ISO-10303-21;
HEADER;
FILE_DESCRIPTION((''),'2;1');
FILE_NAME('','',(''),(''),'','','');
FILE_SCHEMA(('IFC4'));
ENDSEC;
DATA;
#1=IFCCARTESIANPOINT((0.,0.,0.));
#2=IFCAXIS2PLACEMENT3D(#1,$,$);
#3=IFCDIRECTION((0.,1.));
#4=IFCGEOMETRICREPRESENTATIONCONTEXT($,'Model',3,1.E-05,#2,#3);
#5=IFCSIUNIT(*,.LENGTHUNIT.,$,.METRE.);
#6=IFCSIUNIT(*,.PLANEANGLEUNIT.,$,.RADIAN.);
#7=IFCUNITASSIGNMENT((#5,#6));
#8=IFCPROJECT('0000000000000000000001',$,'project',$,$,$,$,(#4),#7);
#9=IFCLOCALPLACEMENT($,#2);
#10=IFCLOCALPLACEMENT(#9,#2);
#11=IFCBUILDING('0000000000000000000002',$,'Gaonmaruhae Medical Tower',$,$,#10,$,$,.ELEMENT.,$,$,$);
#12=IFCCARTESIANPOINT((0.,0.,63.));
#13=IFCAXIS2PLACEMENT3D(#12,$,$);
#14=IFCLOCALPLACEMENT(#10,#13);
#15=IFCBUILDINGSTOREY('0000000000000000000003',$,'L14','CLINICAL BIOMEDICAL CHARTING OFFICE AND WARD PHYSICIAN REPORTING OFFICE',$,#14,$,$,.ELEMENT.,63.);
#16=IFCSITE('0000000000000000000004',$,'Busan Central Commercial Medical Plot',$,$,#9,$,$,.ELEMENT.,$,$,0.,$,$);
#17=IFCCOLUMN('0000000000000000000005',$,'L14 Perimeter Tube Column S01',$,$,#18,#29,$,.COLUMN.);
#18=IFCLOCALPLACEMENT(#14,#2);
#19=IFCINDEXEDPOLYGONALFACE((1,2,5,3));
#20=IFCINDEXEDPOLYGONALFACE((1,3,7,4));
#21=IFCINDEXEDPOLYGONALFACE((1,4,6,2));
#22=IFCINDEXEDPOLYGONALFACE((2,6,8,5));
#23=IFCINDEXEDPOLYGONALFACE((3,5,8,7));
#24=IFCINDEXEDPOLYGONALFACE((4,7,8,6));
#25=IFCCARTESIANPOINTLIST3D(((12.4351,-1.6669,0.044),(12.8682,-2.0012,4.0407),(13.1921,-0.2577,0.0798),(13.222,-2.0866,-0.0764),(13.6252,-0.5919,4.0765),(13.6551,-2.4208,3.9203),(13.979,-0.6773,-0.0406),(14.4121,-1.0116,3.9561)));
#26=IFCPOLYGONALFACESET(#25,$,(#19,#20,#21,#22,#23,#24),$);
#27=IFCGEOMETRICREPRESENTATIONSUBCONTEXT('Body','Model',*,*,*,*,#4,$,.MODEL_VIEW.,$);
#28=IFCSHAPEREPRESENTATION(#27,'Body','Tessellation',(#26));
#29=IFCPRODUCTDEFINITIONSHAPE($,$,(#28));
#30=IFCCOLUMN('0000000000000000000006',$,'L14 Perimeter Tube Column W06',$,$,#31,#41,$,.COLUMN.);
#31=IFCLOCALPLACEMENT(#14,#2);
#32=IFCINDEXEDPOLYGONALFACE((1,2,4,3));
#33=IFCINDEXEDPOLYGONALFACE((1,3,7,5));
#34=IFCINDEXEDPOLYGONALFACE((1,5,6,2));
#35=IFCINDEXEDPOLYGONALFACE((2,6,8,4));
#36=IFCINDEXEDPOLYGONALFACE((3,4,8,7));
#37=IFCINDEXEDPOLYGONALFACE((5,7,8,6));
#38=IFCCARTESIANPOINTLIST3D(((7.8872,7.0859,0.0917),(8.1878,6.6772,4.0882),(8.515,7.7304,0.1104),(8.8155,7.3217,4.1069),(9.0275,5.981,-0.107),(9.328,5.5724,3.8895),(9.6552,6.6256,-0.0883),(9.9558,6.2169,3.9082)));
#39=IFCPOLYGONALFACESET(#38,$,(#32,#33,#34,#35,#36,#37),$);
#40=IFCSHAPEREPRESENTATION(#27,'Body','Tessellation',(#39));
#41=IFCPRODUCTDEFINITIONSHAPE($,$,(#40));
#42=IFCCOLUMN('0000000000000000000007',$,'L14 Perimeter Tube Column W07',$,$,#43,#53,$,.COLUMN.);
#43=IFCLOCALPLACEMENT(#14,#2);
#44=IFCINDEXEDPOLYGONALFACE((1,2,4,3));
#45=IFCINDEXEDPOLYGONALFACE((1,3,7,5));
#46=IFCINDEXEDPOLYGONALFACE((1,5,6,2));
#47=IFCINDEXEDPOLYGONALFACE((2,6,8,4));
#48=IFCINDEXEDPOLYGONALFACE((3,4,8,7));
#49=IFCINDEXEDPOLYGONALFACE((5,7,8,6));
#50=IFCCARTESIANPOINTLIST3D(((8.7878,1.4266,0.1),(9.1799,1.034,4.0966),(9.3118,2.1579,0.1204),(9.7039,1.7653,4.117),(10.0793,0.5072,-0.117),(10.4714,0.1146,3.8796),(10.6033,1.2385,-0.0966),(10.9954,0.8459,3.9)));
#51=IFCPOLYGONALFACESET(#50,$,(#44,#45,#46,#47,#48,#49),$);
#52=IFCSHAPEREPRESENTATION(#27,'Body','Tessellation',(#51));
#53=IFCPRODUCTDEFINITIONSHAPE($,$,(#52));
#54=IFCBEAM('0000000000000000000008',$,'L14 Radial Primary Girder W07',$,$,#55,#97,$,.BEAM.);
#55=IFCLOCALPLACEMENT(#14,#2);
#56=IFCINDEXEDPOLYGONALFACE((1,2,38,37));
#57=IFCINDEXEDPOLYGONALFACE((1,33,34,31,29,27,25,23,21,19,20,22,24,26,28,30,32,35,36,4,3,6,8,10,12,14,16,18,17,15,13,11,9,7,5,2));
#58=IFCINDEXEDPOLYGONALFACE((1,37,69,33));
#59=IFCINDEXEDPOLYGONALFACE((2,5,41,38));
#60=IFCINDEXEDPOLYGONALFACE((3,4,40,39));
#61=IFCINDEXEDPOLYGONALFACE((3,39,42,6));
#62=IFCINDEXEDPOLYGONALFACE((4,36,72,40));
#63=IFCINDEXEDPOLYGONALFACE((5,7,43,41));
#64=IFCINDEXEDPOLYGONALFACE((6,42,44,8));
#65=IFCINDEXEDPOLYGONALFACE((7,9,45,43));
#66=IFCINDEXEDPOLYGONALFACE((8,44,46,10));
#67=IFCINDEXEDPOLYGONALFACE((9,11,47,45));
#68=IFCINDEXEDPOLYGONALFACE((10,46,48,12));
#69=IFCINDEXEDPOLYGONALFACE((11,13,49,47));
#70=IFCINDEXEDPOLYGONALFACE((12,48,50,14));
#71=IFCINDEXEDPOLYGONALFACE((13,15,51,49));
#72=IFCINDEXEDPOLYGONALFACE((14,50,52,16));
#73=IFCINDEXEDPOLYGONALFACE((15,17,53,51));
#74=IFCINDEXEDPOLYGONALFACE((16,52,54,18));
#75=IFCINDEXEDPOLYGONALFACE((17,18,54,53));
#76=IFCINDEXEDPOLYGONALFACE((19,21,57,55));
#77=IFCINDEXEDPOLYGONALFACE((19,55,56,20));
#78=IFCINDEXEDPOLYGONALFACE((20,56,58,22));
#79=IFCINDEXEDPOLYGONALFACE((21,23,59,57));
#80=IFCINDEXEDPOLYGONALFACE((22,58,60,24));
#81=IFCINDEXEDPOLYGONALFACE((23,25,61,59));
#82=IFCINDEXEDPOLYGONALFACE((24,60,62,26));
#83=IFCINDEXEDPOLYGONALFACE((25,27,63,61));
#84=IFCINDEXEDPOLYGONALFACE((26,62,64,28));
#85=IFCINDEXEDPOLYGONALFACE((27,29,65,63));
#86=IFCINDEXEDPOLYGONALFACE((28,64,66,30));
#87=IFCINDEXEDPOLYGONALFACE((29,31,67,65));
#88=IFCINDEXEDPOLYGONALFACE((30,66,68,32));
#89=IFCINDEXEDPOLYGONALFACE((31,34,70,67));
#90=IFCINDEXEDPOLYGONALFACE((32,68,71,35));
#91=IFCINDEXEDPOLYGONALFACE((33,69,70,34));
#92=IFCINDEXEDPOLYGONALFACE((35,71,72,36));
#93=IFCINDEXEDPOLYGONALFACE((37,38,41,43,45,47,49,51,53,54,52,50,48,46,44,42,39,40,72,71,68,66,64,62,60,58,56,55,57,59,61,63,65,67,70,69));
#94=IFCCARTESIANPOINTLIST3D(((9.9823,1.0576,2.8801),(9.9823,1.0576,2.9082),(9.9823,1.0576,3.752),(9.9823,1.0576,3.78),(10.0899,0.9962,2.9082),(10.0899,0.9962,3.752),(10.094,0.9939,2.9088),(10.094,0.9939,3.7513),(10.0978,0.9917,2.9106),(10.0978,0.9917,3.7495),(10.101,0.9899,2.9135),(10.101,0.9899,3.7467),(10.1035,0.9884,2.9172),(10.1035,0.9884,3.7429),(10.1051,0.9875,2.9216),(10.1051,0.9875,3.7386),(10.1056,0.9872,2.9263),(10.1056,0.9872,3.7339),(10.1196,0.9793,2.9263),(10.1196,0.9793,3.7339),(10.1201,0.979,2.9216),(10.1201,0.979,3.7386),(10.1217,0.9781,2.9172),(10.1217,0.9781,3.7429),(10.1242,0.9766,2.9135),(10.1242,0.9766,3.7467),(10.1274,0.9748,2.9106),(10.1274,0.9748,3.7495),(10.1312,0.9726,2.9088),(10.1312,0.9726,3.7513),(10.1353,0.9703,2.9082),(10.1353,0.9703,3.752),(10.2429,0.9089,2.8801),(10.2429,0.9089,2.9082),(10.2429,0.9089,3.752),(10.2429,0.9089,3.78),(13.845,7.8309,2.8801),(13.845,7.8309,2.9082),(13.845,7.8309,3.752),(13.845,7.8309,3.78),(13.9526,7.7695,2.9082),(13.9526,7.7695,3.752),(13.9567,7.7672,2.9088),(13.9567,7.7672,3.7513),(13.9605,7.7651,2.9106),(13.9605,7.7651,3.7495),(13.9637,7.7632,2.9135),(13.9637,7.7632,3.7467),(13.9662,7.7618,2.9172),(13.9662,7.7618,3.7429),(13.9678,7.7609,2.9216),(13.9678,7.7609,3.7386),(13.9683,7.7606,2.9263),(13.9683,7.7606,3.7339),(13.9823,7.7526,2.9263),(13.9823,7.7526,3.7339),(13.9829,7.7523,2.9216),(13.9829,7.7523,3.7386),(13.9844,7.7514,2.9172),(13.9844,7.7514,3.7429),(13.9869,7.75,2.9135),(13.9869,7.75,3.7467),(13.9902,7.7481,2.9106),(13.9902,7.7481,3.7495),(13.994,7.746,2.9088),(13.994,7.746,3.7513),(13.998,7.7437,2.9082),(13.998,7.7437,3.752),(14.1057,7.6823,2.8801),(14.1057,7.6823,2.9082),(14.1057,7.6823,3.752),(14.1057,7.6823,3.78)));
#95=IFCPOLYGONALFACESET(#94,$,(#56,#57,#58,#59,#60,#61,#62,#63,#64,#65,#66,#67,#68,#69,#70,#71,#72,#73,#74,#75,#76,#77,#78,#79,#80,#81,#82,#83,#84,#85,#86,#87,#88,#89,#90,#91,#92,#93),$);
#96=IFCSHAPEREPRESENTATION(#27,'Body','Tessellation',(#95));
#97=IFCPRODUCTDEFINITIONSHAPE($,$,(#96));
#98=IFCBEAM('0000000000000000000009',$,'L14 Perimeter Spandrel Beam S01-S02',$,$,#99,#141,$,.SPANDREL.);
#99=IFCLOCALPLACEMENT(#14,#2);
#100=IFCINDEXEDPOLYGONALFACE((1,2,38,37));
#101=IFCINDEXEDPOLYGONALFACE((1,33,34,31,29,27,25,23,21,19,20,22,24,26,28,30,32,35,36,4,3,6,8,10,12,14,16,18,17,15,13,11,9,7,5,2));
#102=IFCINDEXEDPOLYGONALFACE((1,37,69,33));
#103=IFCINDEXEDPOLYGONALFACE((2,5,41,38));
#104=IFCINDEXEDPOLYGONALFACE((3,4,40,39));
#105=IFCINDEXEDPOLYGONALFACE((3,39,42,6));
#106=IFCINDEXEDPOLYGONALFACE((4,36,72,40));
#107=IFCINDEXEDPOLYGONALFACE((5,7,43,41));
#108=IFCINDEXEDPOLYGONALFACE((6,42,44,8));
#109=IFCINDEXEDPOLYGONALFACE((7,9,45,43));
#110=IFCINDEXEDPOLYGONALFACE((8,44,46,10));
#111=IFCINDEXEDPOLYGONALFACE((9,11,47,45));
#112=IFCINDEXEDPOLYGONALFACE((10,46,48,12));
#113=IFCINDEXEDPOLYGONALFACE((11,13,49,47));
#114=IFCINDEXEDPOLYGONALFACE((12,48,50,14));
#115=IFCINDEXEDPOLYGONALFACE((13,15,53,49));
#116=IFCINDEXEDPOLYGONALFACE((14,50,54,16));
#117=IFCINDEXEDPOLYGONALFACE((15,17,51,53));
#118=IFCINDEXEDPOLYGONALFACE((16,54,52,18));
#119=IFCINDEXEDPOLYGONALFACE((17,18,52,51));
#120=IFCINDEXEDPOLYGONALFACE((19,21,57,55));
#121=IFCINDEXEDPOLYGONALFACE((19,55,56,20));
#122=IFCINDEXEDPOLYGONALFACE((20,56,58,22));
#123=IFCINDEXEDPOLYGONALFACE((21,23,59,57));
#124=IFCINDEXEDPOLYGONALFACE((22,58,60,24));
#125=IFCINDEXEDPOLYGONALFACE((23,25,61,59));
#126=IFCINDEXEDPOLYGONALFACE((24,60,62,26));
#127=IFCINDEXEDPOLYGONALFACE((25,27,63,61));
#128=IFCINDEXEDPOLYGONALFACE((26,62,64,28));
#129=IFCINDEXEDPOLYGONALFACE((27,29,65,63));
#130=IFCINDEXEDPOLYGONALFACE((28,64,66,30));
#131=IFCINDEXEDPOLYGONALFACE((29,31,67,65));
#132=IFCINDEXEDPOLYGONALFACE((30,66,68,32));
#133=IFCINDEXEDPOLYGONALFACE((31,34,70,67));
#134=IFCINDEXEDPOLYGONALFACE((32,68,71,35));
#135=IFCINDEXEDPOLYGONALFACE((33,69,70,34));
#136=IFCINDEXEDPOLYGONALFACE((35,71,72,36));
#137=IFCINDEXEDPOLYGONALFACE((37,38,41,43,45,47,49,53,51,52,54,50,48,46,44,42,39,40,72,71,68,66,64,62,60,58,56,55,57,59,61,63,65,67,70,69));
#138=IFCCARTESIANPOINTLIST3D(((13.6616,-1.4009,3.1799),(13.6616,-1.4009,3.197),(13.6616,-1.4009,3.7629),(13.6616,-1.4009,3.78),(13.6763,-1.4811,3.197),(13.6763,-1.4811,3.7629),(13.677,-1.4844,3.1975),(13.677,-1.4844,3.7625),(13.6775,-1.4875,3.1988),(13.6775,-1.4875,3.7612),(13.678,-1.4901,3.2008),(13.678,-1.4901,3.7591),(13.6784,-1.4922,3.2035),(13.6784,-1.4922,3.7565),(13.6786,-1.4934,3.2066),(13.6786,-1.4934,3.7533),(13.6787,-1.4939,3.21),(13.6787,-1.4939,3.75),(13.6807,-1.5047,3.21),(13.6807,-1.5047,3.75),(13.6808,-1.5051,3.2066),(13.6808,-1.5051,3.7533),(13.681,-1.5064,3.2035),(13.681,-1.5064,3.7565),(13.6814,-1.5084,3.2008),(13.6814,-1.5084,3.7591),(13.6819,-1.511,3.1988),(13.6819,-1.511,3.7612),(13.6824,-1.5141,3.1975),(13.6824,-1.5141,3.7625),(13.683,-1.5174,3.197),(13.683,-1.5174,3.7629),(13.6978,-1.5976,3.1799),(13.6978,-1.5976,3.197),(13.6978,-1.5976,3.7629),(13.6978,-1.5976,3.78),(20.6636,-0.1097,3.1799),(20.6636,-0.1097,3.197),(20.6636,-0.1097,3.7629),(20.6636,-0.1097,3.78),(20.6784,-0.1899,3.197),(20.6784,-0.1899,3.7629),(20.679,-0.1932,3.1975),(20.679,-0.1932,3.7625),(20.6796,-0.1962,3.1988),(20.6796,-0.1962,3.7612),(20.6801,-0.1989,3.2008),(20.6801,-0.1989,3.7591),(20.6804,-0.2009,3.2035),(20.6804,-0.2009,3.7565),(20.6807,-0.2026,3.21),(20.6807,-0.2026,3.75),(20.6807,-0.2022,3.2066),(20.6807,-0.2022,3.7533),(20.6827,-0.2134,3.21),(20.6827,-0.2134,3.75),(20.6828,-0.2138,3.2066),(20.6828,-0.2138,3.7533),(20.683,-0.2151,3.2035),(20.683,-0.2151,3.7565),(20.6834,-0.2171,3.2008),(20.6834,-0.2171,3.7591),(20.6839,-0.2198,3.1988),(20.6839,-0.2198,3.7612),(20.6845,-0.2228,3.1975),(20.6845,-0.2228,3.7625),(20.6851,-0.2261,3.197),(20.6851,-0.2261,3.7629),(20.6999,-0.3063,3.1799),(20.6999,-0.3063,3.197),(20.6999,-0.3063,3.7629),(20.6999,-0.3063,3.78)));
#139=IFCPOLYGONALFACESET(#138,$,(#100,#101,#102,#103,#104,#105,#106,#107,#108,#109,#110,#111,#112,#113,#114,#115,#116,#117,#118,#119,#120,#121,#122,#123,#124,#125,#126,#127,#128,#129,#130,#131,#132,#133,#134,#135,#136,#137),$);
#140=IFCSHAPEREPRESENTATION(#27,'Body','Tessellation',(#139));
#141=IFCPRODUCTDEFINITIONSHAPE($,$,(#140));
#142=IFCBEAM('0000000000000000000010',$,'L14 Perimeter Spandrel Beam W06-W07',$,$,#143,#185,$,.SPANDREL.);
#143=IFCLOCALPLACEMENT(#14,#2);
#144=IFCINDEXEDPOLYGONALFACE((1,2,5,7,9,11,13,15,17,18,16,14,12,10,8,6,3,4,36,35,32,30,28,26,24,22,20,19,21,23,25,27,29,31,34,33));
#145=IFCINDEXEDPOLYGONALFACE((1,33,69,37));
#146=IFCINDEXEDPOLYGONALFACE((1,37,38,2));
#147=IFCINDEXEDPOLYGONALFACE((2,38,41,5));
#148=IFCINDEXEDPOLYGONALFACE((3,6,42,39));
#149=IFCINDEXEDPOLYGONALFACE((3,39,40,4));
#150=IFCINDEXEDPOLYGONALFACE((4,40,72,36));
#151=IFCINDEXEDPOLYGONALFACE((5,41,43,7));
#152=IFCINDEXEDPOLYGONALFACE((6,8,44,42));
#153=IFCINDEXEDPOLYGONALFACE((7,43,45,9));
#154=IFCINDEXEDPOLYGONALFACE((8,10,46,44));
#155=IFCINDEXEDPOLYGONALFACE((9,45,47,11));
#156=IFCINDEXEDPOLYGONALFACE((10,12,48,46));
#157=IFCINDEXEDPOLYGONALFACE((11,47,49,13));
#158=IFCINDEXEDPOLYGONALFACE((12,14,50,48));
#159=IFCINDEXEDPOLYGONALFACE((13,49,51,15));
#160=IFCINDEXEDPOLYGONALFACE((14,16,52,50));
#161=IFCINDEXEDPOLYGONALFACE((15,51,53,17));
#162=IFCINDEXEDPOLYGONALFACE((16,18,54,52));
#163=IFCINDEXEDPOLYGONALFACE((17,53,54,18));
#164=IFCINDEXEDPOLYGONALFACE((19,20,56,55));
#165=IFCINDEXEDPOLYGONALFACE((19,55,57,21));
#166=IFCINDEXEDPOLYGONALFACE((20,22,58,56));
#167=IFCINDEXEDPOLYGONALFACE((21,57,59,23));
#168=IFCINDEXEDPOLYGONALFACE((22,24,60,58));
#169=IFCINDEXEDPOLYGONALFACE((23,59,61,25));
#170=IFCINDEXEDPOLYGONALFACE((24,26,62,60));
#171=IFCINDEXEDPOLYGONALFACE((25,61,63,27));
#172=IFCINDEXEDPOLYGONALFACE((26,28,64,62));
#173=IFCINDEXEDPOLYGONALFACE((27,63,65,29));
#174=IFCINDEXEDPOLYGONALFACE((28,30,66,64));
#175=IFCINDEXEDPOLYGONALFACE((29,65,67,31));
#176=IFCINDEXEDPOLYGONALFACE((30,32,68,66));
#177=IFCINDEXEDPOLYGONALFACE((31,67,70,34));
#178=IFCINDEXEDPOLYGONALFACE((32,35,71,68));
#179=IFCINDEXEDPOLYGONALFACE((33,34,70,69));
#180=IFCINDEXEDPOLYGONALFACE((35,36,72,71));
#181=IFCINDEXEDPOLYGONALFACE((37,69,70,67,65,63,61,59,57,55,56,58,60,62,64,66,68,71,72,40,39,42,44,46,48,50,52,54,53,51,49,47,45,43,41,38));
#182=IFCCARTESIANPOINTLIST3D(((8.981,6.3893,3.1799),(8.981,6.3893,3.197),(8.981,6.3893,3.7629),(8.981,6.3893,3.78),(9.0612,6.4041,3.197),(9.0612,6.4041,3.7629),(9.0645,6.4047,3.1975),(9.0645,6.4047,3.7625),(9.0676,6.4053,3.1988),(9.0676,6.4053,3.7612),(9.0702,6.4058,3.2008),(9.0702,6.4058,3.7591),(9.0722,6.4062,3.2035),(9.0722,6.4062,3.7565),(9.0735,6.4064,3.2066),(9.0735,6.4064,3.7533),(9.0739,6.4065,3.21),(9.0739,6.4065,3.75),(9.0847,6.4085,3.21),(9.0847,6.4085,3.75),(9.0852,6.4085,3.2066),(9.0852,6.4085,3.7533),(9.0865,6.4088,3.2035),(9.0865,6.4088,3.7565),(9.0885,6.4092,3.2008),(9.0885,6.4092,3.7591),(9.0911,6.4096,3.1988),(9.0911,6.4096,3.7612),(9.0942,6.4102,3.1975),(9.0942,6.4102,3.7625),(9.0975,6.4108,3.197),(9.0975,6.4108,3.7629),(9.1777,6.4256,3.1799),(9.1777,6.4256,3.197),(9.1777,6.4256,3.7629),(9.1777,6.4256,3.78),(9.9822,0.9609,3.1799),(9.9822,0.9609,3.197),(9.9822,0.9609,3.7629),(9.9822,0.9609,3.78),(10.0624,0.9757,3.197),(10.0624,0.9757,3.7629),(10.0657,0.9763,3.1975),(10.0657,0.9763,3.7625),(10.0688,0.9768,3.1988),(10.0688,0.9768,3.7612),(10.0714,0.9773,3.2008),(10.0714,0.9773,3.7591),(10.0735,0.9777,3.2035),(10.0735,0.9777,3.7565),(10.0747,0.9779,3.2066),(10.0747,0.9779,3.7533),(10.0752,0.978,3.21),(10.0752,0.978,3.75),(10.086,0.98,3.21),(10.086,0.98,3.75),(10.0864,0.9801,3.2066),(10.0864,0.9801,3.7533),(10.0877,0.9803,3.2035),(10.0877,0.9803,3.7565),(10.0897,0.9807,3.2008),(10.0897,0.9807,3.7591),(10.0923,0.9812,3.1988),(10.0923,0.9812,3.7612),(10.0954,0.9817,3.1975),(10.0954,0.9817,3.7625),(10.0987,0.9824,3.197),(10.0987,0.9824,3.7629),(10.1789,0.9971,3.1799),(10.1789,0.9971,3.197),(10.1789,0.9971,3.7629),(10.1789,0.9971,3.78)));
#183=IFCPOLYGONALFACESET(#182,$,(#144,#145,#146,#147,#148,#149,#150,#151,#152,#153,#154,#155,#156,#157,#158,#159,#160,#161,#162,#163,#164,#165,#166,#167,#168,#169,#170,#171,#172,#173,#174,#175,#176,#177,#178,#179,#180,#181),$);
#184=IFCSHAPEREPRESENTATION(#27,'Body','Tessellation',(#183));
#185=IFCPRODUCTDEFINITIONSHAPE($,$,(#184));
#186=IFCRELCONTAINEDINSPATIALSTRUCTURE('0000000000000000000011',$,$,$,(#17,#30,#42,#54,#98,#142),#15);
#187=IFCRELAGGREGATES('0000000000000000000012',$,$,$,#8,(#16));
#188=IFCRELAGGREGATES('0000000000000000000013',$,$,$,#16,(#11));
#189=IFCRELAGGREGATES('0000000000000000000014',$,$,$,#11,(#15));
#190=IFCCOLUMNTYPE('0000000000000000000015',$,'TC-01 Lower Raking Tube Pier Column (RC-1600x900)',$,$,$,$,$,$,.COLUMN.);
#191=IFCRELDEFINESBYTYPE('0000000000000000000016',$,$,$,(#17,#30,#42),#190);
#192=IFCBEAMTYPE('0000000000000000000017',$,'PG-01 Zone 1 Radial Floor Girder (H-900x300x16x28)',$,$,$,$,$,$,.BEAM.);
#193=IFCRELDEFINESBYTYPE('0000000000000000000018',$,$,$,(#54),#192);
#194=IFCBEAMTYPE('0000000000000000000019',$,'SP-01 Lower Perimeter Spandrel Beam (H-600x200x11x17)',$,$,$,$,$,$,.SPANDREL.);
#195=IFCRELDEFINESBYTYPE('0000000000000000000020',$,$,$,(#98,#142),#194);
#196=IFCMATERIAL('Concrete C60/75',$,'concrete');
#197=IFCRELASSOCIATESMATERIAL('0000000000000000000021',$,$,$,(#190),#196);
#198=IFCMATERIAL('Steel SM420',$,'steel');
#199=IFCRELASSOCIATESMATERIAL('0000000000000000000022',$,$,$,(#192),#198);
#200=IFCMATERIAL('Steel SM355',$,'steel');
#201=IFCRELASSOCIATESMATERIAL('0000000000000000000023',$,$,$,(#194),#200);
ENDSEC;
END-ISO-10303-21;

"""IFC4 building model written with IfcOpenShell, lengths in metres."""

from ifc_helpers import new_model, si_unit, direction, frame, origin, origin_2d, place, context, subcontext, project, spatial, rectangle, i_section, extrude, material, material_profile, profile_set, type_object, element, save


model = new_model("IFC4")

# Units and contexts
model_context = context("Model", 3, precision=1e-05, world=origin(), true_north=direction((0.0, 1.0)))
body_context = subcontext(model_context, "Body", "Model", "MODEL_VIEW")
ifc_project = project(units=[si_unit("LENGTHUNIT", "METRE"), si_unit("PLANEANGLEUNIT", "RADIAN")], contexts=[model_context])

# Site, building, storey
site_placement = place(None, origin())
site = spatial("IfcSite", under=ifc_project, at=site_placement, Name="Busan Central Commercial Medical Plot", CompositionType="ELEMENT", RefElevation=0.0)
building_placement = place(site_placement, origin())
building = spatial("IfcBuilding", under=site, at=building_placement, Name="Gaonmaruhae Medical Tower", CompositionType="ELEMENT")
storey_placement = place(building_placement, frame((0.0, 0.0, 63.0)))
storey = spatial("IfcBuildingStorey", under=building, at=storey_placement, Name="L14", Description="CLINICAL BIOMEDICAL CHARTING OFFICE AND WARD PHYSICIAN REPORTING OFFICE", CompositionType="ELEMENT", Elevation=63.0)

# Columns
ifc_material_1 = material(Name="Concrete C60/75", Category="concrete")
ifc_material_profile_1 = material_profile(ifc_material_1, rectangle(XDim=1.6001, YDim=0.8999, at=origin_2d()), Name="RC-1600x900")
ifc_profile_set_1 = profile_set([ifc_material_profile_1], Name="Concrete C60/75")
column_type = type_object("IfcColumnType", Name="TC-01 Lower Raking Tube Pier Column (RC-1600x900)", PredefinedType="COLUMN", material=ifc_profile_set_1)
column_1_placement = place(storey_placement, frame((13.207, -1.1721, 0.0017), z_axis=(0.107368, -0.082856, 0.990761), x_axis=(0.473103, 0.880722, 0.022384)))
element("IfcColumn", 1, at=column_1_placement, inside=storey, type_object=column_type, Name="L14 Perimeter Tube Column S01", PredefinedType="COLUMN", context=body_context, shape_type="SweptSolid", body=[
    extrude(rectangle(XDim=1.6001, YDim=0.8999, at=origin_2d()), origin(), (0.0, 0.0, 1.0), 4.0339),
])
column_2_placement = place(storey_placement, frame((8.7712, 6.8557, 0.0017), z_axis=(0.0746, -0.101446, 0.99204), x_axis=(-0.712618, 0.690472, 0.124196)))
element("IfcColumn", 2, at=column_2_placement, inside=storey, type_object=column_type, Name="L14 Perimeter Tube Column W06", PredefinedType="COLUMN", context=body_context, shape_type="SweptSolid", body=[
    extrude(rectangle(XDim=1.6001, YDim=0.8999, at=origin_2d()), origin(), (0.0, 0.0, 1.0), 4.0286),
])
column_3_placement = place(storey_placement, frame((9.6956, 1.3325, 0.0017), z_axis=(0.097174, -0.097295, 0.9905), x_axis=(-0.807133, 0.57458, 0.135625)))
element("IfcColumn", 3, at=column_3_placement, inside=storey, type_object=column_type, Name="L14 Perimeter Tube Column W07", PredefinedType="COLUMN", context=body_context, shape_type="SweptSolid", body=[
    extrude(rectangle(XDim=1.6001, YDim=0.8999, at=origin_2d()), origin(), (0.0, 0.0, 1.0), 4.0349),
])

# Beams
ifc_material_2 = material(Name="Steel SM420", Category="steel")
ifc_material_profile_2 = material_profile(ifc_material_2, i_section(OverallWidth=0.3, OverallDepth=0.8999, WebThickness=0.0161, FlangeThickness=0.0281, FilletRadius=0.0181, at=origin_2d()), Name="H-900x300x16x28")
ifc_profile_set_2 = profile_set([ifc_material_profile_2], Name="Steel SM420")
beam_type_1 = type_object("IfcBeamType", Name="PG-01 Zone 1 Radial Floor Girder (H-900x300x16x28)", PredefinedType="BEAM", material=ifc_profile_set_2)
beam_1_placement = place(storey_placement, frame((13.9753, 7.7566, 3.3301), z_axis=(-0.49539, -0.868671, 0.0), x_axis=(0.868671, -0.49539, 0.0)))
element("IfcBeam", 4, at=beam_1_placement, inside=storey, type_object=beam_type_1, Name="L14 Radial Primary Girder W07", PredefinedType="BEAM", context=body_context, shape_type="SweptSolid", body=[
    extrude(i_section(OverallWidth=0.3, OverallDepth=0.8999, WebThickness=0.0161, FlangeThickness=0.0281, FilletRadius=0.0181, at=origin_2d()), origin(), (0.0, 0.0, 1.0), 7.7974),
])
ifc_material_3 = material(Name="Steel SM355", Category="steel")
ifc_material_profile_3 = material_profile(ifc_material_3, i_section(OverallWidth=0.2, OverallDepth=0.6001, WebThickness=0.011, FlangeThickness=0.0171, FilletRadius=0.0129, at=origin_2d()), Name="H-600x200x11x17")
ifc_profile_set_3 = profile_set([ifc_material_profile_3], Name="Steel SM355")
beam_type_2 = type_object("IfcBeamType", Name="SP-01 Lower Perimeter Spandrel Beam (H-600x200x11x17)", PredefinedType="SPANDREL", material=ifc_profile_set_3)
beam_2_placement = place(storey_placement, frame((13.6797, -1.4993, 3.48), z_axis=(0.983417, 0.181356, 0.0), x_axis=(-0.181356, 0.983417, 0.0)))
element("IfcBeam", 5, at=beam_2_placement, inside=storey, type_object=beam_type_2, Name="L14 Perimeter Spandrel Beam S01-S02", PredefinedType="SPANDREL", context=body_context, shape_type="SweptSolid", body=[
    extrude(i_section(OverallWidth=0.2, OverallDepth=0.6001, WebThickness=0.011, FlangeThickness=0.0171, FilletRadius=0.0129, at=origin_2d()), origin(), (0.0, 0.0, 1.0), 7.1201),
])
beam_3_placement = place(storey_placement, frame((9.0793, 6.4075, 3.48), z_axis=(0.18138, -0.983413, 0.0), x_axis=(0.983413, 0.18138, 0.0)))
element("IfcBeam", 6, at=beam_3_placement, inside=storey, type_object=beam_type_2, Name="L14 Perimeter Spandrel Beam W06-W07", PredefinedType="SPANDREL", context=body_context, shape_type="SweptSolid", body=[
    extrude(i_section(OverallWidth=0.2, OverallDepth=0.6001, WebThickness=0.011, FlangeThickness=0.0171, FilletRadius=0.0129, at=origin_2d()), origin(), (0.0, 0.0, 1.0), 5.52),
])

save(model, "model.ifc")
